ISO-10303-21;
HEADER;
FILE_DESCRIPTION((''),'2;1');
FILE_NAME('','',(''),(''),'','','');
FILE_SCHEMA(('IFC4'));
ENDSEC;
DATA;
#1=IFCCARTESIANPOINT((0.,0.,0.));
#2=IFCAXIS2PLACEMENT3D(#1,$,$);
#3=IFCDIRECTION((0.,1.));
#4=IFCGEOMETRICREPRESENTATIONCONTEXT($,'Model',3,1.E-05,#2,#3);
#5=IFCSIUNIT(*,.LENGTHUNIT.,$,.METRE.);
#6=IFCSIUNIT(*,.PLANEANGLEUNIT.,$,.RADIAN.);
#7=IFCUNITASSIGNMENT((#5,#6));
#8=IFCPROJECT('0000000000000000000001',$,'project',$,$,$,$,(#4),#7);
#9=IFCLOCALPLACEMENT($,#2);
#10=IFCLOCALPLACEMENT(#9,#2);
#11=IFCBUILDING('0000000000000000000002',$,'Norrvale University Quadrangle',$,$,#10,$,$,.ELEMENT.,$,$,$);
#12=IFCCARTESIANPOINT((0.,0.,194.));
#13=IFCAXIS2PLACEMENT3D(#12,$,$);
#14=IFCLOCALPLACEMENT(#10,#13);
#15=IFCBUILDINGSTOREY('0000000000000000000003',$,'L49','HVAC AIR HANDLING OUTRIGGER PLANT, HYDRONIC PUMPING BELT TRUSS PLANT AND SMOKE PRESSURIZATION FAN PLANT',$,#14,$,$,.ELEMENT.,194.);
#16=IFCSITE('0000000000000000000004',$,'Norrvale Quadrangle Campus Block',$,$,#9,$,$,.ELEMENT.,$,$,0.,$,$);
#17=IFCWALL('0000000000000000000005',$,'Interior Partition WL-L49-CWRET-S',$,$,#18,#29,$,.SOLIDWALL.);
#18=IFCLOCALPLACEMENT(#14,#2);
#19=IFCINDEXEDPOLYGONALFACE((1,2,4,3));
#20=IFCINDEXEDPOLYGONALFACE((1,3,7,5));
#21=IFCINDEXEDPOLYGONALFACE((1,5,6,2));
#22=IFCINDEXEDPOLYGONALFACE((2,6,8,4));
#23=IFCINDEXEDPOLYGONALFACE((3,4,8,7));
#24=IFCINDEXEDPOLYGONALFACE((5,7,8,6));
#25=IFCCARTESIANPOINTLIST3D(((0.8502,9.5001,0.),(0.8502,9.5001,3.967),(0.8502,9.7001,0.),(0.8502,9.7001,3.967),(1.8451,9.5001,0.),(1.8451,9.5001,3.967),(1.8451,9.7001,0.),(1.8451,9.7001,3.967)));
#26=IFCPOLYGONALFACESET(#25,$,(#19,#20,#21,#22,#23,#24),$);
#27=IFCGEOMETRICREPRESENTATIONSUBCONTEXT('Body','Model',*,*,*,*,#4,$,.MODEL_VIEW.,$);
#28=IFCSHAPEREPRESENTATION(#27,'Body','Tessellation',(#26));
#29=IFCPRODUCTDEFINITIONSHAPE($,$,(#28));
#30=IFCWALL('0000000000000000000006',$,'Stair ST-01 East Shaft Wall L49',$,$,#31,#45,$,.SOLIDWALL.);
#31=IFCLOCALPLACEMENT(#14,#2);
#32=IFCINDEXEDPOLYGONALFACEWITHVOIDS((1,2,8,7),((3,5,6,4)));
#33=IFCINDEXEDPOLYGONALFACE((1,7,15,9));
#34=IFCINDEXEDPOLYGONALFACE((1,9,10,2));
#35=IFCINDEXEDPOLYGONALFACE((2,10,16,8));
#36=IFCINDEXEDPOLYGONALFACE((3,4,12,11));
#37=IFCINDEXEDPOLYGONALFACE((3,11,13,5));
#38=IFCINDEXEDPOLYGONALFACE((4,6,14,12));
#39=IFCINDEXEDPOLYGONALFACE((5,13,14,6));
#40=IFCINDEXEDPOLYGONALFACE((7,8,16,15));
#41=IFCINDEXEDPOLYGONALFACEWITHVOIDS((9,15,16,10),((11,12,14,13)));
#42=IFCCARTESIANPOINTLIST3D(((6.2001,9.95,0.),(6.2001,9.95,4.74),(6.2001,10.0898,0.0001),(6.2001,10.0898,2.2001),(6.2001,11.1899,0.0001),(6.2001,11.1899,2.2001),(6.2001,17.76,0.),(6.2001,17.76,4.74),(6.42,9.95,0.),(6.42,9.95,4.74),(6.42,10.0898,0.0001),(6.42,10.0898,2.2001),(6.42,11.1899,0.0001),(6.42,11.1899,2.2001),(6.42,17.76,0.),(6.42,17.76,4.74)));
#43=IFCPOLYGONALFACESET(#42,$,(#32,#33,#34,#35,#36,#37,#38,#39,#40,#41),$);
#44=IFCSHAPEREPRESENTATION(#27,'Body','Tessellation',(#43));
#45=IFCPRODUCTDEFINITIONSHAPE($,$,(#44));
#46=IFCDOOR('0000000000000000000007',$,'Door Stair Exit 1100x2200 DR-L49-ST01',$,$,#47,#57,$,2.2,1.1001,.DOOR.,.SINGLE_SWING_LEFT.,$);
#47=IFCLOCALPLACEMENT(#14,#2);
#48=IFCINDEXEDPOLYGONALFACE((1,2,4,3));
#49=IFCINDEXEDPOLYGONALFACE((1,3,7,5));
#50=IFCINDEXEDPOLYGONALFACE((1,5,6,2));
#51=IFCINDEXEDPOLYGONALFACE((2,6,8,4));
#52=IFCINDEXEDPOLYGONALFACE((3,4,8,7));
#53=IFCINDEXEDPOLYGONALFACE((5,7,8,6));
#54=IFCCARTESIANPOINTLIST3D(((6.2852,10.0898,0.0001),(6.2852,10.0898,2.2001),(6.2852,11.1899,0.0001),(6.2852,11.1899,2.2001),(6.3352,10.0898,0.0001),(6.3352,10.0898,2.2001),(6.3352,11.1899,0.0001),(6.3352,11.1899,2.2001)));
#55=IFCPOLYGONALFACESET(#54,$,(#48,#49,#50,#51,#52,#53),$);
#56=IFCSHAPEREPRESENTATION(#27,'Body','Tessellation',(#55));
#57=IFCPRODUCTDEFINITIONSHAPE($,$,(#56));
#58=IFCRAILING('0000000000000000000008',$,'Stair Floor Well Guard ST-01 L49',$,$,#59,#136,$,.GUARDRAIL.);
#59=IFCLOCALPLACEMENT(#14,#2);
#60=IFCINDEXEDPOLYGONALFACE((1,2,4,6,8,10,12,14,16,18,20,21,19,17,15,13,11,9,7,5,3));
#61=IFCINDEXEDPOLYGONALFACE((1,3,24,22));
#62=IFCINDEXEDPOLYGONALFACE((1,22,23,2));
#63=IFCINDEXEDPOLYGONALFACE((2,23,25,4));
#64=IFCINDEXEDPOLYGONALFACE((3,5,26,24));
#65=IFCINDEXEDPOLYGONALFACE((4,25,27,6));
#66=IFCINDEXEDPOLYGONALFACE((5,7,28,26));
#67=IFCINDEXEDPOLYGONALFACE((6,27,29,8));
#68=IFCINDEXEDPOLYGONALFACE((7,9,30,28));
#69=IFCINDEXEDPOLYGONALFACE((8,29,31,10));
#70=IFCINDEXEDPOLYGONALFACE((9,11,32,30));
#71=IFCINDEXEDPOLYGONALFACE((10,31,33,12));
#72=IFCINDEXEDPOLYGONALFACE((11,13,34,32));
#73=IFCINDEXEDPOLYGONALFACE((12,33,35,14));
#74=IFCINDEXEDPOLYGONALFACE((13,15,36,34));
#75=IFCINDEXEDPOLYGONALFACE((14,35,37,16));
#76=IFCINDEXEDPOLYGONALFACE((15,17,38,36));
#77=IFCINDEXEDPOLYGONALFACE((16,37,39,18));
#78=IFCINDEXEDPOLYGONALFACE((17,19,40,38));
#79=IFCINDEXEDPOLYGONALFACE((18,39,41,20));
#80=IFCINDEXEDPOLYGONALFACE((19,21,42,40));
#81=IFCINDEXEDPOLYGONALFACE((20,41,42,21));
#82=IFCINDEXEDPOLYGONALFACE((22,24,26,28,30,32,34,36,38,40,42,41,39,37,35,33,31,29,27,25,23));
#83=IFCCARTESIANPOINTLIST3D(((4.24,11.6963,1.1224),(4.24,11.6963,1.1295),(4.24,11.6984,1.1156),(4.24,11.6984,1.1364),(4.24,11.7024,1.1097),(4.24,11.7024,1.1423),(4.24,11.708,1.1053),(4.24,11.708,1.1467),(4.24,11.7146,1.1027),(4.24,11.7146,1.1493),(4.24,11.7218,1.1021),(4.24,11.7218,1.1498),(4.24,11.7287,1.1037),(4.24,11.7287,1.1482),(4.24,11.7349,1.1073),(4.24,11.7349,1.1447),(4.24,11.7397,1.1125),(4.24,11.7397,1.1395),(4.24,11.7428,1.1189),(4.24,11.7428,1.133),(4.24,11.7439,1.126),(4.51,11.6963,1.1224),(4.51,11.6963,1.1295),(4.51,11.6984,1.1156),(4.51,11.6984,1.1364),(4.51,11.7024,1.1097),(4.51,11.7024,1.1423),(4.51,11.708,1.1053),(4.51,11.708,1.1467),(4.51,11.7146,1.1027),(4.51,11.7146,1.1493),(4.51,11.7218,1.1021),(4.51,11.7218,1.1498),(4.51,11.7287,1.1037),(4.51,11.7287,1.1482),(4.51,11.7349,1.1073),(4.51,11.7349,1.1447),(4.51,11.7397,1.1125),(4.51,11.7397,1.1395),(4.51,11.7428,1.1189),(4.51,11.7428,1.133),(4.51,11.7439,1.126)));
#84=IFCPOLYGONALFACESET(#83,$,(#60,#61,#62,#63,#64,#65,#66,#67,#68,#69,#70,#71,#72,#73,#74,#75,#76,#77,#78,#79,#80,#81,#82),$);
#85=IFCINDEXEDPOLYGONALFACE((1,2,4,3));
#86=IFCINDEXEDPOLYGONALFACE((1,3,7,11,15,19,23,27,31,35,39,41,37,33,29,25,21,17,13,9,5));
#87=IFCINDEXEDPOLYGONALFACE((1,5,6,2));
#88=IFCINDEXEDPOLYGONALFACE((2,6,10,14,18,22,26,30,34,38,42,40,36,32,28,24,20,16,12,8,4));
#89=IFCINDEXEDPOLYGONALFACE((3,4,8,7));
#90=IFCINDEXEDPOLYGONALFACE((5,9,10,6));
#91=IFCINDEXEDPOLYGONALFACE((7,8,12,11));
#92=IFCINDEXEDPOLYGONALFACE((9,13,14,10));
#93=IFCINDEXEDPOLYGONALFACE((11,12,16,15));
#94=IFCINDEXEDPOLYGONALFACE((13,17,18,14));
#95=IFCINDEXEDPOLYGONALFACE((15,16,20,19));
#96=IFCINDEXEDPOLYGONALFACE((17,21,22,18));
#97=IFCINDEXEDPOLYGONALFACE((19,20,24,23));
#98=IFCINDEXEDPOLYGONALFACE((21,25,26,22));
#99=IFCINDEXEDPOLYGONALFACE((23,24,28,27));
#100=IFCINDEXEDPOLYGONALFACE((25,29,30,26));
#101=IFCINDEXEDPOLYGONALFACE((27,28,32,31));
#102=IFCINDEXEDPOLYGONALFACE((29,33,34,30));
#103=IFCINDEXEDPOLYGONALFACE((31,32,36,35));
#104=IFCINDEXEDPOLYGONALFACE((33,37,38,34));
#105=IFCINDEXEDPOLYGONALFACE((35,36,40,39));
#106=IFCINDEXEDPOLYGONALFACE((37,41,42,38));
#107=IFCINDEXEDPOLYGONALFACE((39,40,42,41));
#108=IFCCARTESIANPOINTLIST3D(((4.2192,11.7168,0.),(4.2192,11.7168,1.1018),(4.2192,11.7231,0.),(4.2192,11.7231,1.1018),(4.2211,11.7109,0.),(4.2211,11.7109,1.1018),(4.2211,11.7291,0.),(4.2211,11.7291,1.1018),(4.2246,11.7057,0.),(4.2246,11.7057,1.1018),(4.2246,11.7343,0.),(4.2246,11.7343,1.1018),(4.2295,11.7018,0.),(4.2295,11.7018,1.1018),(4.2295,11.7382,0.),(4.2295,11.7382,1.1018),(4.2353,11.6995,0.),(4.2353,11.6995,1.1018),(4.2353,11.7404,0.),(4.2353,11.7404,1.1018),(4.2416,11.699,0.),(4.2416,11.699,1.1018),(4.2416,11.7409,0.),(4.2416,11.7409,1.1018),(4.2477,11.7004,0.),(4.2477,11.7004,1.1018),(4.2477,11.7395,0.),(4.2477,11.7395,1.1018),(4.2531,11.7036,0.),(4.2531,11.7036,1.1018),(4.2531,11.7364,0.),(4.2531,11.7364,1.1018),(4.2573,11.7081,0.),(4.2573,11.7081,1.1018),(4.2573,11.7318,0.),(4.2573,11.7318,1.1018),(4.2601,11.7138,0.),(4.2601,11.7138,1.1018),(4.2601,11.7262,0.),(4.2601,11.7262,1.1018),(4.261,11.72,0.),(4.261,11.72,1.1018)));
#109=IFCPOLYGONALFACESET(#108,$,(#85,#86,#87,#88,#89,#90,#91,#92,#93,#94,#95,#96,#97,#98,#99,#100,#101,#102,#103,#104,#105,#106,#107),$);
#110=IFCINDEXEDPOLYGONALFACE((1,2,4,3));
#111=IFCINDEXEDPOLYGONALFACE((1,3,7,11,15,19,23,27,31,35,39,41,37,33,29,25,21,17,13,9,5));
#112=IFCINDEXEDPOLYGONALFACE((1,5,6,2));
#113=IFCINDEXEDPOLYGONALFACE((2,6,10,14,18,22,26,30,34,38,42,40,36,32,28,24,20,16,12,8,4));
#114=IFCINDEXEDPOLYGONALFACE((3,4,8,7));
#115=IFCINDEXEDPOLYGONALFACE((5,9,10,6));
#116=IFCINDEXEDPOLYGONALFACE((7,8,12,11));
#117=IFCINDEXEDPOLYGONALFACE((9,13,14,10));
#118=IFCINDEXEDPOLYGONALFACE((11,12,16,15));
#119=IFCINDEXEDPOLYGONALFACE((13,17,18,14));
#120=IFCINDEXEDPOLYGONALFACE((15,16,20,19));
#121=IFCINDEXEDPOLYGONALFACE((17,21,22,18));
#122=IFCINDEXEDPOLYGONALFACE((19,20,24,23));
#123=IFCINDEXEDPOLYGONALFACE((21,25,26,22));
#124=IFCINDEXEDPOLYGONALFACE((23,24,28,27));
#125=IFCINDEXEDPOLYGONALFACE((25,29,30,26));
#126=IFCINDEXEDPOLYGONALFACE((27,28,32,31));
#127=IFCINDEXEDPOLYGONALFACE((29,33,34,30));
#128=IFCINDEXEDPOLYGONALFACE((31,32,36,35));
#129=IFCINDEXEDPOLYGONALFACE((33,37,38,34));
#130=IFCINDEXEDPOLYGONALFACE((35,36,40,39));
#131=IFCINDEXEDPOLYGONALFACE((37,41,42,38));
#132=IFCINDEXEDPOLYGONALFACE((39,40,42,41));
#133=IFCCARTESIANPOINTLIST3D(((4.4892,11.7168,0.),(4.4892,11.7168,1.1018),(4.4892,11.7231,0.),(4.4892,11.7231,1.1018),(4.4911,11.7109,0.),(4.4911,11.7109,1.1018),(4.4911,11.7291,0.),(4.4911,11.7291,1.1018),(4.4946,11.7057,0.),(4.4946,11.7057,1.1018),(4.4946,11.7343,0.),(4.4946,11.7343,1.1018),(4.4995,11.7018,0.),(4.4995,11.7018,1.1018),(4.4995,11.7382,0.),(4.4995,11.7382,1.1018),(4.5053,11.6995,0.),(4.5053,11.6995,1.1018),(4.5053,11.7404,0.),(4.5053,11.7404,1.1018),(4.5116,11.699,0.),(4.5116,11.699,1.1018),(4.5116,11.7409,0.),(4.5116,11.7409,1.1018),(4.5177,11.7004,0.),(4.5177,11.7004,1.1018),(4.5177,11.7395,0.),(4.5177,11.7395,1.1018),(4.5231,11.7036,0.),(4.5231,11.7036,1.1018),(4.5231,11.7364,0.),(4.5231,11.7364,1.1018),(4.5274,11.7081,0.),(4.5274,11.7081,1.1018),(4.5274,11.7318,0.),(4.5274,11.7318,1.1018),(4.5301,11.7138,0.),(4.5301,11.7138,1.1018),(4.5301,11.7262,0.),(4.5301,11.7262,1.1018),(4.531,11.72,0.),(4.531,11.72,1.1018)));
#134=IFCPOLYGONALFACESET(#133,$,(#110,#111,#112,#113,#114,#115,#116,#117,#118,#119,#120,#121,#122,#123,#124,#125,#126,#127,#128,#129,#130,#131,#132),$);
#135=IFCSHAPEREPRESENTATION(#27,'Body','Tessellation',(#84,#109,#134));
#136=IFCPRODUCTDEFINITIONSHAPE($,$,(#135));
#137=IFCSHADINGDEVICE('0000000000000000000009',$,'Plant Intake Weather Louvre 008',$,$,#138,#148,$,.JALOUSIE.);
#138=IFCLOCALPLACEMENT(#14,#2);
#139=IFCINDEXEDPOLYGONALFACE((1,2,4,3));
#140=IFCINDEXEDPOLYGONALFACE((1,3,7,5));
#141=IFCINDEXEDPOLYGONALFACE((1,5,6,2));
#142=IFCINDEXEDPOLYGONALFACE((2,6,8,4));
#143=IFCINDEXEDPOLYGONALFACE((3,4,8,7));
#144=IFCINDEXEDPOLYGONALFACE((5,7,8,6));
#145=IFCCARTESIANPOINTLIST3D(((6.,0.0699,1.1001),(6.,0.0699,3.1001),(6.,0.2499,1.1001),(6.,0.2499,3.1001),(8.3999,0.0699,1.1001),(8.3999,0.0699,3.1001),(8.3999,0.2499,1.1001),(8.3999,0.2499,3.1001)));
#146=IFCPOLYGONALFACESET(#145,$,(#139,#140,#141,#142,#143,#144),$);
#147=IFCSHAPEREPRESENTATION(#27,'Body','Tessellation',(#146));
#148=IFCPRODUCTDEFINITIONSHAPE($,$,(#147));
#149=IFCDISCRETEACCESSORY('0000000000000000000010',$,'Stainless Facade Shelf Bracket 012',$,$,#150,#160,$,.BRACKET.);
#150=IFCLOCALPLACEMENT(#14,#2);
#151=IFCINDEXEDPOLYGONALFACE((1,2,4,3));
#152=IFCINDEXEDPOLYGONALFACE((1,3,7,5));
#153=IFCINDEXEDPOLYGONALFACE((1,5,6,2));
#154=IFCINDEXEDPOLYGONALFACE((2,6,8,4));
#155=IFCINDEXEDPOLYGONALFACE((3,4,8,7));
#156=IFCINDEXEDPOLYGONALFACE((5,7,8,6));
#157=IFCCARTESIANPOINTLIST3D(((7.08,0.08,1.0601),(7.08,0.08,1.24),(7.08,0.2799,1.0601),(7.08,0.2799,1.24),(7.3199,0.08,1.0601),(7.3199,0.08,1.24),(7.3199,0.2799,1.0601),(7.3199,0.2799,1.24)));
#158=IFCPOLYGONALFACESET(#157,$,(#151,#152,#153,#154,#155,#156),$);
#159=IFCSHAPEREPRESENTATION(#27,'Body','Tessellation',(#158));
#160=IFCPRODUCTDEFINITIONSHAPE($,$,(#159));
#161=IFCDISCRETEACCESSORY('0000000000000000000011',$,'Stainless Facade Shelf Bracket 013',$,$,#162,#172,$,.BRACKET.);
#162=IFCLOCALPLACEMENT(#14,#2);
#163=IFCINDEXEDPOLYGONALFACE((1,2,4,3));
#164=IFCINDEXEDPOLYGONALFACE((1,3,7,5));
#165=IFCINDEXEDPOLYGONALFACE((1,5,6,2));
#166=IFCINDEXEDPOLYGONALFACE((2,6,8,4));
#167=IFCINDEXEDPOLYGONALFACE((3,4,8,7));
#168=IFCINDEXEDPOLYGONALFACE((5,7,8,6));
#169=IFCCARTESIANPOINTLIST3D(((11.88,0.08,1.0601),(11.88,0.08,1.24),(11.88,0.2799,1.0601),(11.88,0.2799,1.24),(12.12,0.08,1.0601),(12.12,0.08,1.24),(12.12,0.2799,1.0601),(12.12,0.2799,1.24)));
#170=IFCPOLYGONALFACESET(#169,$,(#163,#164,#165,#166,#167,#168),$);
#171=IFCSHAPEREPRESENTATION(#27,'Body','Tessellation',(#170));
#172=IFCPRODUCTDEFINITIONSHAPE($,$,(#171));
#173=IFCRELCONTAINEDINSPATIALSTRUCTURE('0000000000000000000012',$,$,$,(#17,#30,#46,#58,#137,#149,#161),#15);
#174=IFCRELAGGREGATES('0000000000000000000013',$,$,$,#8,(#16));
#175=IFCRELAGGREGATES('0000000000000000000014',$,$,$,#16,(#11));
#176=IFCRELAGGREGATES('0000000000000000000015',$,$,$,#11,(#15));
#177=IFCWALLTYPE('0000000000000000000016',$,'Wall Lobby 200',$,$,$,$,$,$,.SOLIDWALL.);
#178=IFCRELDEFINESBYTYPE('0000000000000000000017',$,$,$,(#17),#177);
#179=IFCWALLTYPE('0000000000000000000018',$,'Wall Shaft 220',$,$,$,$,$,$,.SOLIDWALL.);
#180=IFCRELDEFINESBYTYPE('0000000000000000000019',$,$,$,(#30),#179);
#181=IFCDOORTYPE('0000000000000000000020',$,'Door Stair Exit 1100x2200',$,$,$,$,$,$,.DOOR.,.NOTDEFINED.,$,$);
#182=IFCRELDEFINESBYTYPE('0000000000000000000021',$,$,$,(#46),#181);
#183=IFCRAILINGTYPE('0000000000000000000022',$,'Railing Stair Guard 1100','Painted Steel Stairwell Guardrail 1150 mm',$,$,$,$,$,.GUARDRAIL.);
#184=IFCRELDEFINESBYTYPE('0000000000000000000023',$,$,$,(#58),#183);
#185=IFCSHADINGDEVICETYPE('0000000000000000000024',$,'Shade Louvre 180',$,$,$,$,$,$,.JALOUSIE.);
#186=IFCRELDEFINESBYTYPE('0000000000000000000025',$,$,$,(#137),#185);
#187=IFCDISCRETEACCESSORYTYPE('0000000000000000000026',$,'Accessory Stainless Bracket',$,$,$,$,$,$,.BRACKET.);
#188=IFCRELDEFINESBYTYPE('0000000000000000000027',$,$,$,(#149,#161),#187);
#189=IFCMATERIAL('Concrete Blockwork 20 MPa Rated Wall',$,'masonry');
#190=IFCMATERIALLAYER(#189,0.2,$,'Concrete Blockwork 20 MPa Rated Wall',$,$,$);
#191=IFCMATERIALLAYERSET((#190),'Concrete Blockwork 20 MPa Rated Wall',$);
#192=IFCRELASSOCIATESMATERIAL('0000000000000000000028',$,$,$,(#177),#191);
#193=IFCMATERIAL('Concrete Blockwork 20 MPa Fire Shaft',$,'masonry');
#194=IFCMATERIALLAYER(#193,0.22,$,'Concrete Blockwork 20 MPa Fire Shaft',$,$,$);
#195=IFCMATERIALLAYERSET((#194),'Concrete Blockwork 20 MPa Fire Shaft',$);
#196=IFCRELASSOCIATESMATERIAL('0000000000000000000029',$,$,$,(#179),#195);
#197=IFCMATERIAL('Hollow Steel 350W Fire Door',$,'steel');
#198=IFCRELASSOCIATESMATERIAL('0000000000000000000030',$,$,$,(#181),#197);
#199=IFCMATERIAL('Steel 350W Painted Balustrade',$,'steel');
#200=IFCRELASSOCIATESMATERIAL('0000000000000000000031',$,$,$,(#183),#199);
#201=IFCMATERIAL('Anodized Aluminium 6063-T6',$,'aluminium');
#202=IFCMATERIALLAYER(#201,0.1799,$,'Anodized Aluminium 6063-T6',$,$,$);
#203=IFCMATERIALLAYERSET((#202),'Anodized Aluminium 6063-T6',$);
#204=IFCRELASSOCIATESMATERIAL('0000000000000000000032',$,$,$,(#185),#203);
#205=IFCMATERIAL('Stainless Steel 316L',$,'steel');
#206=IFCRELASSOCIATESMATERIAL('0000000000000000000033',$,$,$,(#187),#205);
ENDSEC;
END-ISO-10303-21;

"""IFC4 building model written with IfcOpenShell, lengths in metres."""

from ifc_helpers import new_model, si_unit, direction, frame, frame_2d, origin, origin_2d, place, context, subcontext, project, spatial, rectangle, circle, extrude, material, layer, layer_set, type_object, element, fill, save


model = new_model("IFC4")

# Units and contexts
model_context = context("Model", 3, precision=1e-05, world=origin(), true_north=direction((0.0, 1.0)))
body_context = subcontext(model_context, "Body", "Model", "MODEL_VIEW")
ifc_project = project(units=[si_unit("LENGTHUNIT", "METRE"), si_unit("PLANEANGLEUNIT", "RADIAN")], contexts=[model_context])

# Site, building, storey
site_placement = place(None, origin())
site = spatial("IfcSite", under=ifc_project, at=site_placement, Name="Norrvale Quadrangle Campus Block", CompositionType="ELEMENT", RefElevation=0.0)
building_placement = place(site_placement, origin())
building = spatial("IfcBuilding", under=site, at=building_placement, Name="Norrvale University Quadrangle", CompositionType="ELEMENT")
storey_placement = place(building_placement, frame((0.0, 0.0, 194.0)))
storey = spatial("IfcBuildingStorey", under=building, at=storey_placement, Name="L49", Description="HVAC AIR HANDLING OUTRIGGER PLANT, HYDRONIC PUMPING BELT TRUSS PLANT AND SMOKE PRESSURIZATION FAN PLANT", CompositionType="ELEMENT", Elevation=194.0)

# Shared definitions
ifc_material_1 = material(Name="Hollow Steel 350W Fire Door", Category="steel")

# Wall
ifc_material_2 = material(Name="Concrete Blockwork 20 MPa Rated Wall", Category="masonry")
ifc_layer_1 = layer(ifc_material_2, 0.2, Name="Concrete Blockwork 20 MPa Rated Wall")
ifc_layer_set_1 = layer_set([ifc_layer_1], Name="Concrete Blockwork 20 MPa Rated Wall")
wall_type_1 = type_object("IfcWallType", Name="Wall Lobby 200", PredefinedType="SOLIDWALL", material=ifc_layer_set_1)
wall_1_placement = place(storey_placement, frame((0.8501, 9.6001, 0.0), z_axis=(0.0, 0.0, 1.0), x_axis=(1.0, 0.0, 0.0)))
element("IfcWall", 1, at=wall_1_placement, inside=storey, type_object=wall_type_1, Name="Interior Partition WL-L49-CWRET-S", PredefinedType="SOLIDWALL", context=body_context, shape_type="SweptSolid", body=[
    extrude(rectangle(XDim=0.9949, YDim=0.2, at=frame_2d((0.4976, 0.0))), origin(), (0.0, 0.0, 1.0), 3.967),
])

# Wall, opening, door
ifc_material_3 = material(Name="Concrete Blockwork 20 MPa Fire Shaft", Category="masonry")
ifc_layer_2 = layer(ifc_material_3, 0.22, Name="Concrete Blockwork 20 MPa Fire Shaft")
ifc_layer_set_2 = layer_set([ifc_layer_2], Name="Concrete Blockwork 20 MPa Fire Shaft")
wall_type_2 = type_object("IfcWallType", Name="Wall Shaft 220", PredefinedType="SOLIDWALL", material=ifc_layer_set_2)
wall_2_placement = place(storey_placement, frame((6.3101, 9.95, 0.0), z_axis=(0.0, 0.0, 1.0), x_axis=(0.0, 1.0, 0.0)))
wall_2 = element("IfcWall", 2, at=wall_2_placement, inside=storey, type_object=wall_type_2, Name="Stair ST-01 East Shaft Wall L49", PredefinedType="SOLIDWALL", context=body_context, shape_type="SweptSolid", body=[
    extrude(rectangle(XDim=7.8101, YDim=0.22, at=frame_2d((3.905, 0.0))), origin(), (0.0, 0.0, 1.0), 4.74),
])
opening_1_placement = place(wall_2_placement, frame((0.1399, 0.0, 0.0)))
opening_1 = element("IfcOpeningElement", 3, at=opening_1_placement, cuts=wall_2, PredefinedType="OPENING", context=body_context, shape_type="SweptSolid", body=[
    extrude(rectangle(XDim=1.1001, YDim=2.2, at=frame_2d((0.55, 1.1001))), frame((0.0, 0.1221, 0.0), z_axis=(0.0, -1.0, 0.0), x_axis=(1.0, 0.0, 0.0)), (0.0, 0.0, 1.0), 0.2439),
])
door_type_1 = type_object("IfcDoorType", Name="Door Stair Exit 1100x2200", OperationType="NOTDEFINED", PredefinedType="DOOR", material=ifc_material_1)
door_1_placement = place(opening_1_placement, origin())
door_1 = element("IfcDoor", 4, at=door_1_placement, inside=storey, type_object=door_type_1, Name="Door Stair Exit 1100x2200 DR-L49-ST01", OperationType="SINGLE_SWING_LEFT", OverallHeight=2.2, OverallWidth=1.1001, PredefinedType="DOOR", context=body_context, shape_type="SweptSolid", body=[
    extrude(rectangle(XDim=1.1001, YDim=2.2, at=frame_2d((0.55, 1.1001))), frame((0.0, 0.0249, 0.0), z_axis=(0.0, -1.0, 0.0), x_axis=(1.0, 0.0, 0.0)), (0.0, 0.0, 1.0), 0.05),
])
fill(opening_1, door_1)

# Railing
ifc_material_4 = material(Name="Steel 350W Painted Balustrade", Category="steel")
railing_type = type_object("IfcRailingType", Name="Railing Stair Guard 1100", Description="Painted Steel Stairwell Guardrail 1150 mm", PredefinedType="GUARDRAIL", material=ifc_material_4)
railing_placement = place(storey_placement, frame((4.24, 11.72, 0.0)))
element("IfcRailing", 5, at=railing_placement, inside=storey, type_object=railing_type, Name="Stair Floor Well Guard ST-01 L49", PredefinedType="GUARDRAIL", context=body_context, shape_type="SweptSolid", body=[
    extrude(circle(Radius=0.0239, at=origin_2d()), frame((0.0, 0.0, 1.126), z_axis=(1.0, 0.0, 0.0), x_axis=(0.0, 1.0, 0.0)), (0.0, 0.0, 1.0), 0.27),
    extrude(circle(Radius=0.021, at=origin_2d()), origin(), (0.0, 0.0, 1.0), 1.1018),
    extrude(circle(Radius=0.021, at=origin_2d()), frame((0.27, 0.0, 0.0)), (0.0, 0.0, 1.0), 1.1018),
])

# Shading device
ifc_material_5 = material(Name="Anodized Aluminium 6063-T6", Category="aluminium")
ifc_layer_3 = layer(ifc_material_5, 0.1799, Name="Anodized Aluminium 6063-T6")
ifc_layer_set_3 = layer_set([ifc_layer_3], Name="Anodized Aluminium 6063-T6")
shading_device_type = type_object("IfcShadingDeviceType", Name="Shade Louvre 180", PredefinedType="JALOUSIE", material=ifc_layer_set_3)
shading_device_placement = place(storey_placement, frame((7.2, 0.1599, 1.1001), z_axis=(0.0, 0.0, 1.0), x_axis=(1.0, 0.0, 0.0)))
element("IfcShadingDevice", 6, at=shading_device_placement, inside=storey, type_object=shading_device_type, Name="Plant Intake Weather Louvre 008", PredefinedType="JALOUSIE", context=body_context, shape_type="SweptSolid", body=[
    extrude(rectangle(XDim=2.3999, YDim=0.1799, at=origin_2d()), origin(), (0.0, 0.0, 1.0), 2.0),
])

# Discrete accessories
ifc_material_6 = material(Name="Stainless Steel 316L", Category="steel")
discrete_accessory_type = type_object("IfcDiscreteAccessoryType", Name="Accessory Stainless Bracket", PredefinedType="BRACKET", material=ifc_material_6)
for number, where, z_axis, x_axis, name in (
    (7, (7.2, 0.1799, 1.0601), (0.0, 0.0, 1.0), (1.0, 0.0, 0.0), "Stainless Facade Shelf Bracket 012"),
    (8, (12.0, 0.1799, 1.0601), (0.0, 0.0, 1.0), (1.0, 0.0, 0.0), "Stainless Facade Shelf Bracket 013"),
):
    element("IfcDiscreteAccessory", number, at=place(storey_placement, frame(where, z_axis=z_axis, x_axis=x_axis)), inside=storey, type_object=discrete_accessory_type, Name=name, PredefinedType="BRACKET", context=body_context, shape_type="SweptSolid", body=[
        extrude(rectangle(XDim=0.24, YDim=0.2, at=origin_2d()), origin(), (0.0, 0.0, 1.0), 0.1799),
    ])

save(model, "model.ifc")
